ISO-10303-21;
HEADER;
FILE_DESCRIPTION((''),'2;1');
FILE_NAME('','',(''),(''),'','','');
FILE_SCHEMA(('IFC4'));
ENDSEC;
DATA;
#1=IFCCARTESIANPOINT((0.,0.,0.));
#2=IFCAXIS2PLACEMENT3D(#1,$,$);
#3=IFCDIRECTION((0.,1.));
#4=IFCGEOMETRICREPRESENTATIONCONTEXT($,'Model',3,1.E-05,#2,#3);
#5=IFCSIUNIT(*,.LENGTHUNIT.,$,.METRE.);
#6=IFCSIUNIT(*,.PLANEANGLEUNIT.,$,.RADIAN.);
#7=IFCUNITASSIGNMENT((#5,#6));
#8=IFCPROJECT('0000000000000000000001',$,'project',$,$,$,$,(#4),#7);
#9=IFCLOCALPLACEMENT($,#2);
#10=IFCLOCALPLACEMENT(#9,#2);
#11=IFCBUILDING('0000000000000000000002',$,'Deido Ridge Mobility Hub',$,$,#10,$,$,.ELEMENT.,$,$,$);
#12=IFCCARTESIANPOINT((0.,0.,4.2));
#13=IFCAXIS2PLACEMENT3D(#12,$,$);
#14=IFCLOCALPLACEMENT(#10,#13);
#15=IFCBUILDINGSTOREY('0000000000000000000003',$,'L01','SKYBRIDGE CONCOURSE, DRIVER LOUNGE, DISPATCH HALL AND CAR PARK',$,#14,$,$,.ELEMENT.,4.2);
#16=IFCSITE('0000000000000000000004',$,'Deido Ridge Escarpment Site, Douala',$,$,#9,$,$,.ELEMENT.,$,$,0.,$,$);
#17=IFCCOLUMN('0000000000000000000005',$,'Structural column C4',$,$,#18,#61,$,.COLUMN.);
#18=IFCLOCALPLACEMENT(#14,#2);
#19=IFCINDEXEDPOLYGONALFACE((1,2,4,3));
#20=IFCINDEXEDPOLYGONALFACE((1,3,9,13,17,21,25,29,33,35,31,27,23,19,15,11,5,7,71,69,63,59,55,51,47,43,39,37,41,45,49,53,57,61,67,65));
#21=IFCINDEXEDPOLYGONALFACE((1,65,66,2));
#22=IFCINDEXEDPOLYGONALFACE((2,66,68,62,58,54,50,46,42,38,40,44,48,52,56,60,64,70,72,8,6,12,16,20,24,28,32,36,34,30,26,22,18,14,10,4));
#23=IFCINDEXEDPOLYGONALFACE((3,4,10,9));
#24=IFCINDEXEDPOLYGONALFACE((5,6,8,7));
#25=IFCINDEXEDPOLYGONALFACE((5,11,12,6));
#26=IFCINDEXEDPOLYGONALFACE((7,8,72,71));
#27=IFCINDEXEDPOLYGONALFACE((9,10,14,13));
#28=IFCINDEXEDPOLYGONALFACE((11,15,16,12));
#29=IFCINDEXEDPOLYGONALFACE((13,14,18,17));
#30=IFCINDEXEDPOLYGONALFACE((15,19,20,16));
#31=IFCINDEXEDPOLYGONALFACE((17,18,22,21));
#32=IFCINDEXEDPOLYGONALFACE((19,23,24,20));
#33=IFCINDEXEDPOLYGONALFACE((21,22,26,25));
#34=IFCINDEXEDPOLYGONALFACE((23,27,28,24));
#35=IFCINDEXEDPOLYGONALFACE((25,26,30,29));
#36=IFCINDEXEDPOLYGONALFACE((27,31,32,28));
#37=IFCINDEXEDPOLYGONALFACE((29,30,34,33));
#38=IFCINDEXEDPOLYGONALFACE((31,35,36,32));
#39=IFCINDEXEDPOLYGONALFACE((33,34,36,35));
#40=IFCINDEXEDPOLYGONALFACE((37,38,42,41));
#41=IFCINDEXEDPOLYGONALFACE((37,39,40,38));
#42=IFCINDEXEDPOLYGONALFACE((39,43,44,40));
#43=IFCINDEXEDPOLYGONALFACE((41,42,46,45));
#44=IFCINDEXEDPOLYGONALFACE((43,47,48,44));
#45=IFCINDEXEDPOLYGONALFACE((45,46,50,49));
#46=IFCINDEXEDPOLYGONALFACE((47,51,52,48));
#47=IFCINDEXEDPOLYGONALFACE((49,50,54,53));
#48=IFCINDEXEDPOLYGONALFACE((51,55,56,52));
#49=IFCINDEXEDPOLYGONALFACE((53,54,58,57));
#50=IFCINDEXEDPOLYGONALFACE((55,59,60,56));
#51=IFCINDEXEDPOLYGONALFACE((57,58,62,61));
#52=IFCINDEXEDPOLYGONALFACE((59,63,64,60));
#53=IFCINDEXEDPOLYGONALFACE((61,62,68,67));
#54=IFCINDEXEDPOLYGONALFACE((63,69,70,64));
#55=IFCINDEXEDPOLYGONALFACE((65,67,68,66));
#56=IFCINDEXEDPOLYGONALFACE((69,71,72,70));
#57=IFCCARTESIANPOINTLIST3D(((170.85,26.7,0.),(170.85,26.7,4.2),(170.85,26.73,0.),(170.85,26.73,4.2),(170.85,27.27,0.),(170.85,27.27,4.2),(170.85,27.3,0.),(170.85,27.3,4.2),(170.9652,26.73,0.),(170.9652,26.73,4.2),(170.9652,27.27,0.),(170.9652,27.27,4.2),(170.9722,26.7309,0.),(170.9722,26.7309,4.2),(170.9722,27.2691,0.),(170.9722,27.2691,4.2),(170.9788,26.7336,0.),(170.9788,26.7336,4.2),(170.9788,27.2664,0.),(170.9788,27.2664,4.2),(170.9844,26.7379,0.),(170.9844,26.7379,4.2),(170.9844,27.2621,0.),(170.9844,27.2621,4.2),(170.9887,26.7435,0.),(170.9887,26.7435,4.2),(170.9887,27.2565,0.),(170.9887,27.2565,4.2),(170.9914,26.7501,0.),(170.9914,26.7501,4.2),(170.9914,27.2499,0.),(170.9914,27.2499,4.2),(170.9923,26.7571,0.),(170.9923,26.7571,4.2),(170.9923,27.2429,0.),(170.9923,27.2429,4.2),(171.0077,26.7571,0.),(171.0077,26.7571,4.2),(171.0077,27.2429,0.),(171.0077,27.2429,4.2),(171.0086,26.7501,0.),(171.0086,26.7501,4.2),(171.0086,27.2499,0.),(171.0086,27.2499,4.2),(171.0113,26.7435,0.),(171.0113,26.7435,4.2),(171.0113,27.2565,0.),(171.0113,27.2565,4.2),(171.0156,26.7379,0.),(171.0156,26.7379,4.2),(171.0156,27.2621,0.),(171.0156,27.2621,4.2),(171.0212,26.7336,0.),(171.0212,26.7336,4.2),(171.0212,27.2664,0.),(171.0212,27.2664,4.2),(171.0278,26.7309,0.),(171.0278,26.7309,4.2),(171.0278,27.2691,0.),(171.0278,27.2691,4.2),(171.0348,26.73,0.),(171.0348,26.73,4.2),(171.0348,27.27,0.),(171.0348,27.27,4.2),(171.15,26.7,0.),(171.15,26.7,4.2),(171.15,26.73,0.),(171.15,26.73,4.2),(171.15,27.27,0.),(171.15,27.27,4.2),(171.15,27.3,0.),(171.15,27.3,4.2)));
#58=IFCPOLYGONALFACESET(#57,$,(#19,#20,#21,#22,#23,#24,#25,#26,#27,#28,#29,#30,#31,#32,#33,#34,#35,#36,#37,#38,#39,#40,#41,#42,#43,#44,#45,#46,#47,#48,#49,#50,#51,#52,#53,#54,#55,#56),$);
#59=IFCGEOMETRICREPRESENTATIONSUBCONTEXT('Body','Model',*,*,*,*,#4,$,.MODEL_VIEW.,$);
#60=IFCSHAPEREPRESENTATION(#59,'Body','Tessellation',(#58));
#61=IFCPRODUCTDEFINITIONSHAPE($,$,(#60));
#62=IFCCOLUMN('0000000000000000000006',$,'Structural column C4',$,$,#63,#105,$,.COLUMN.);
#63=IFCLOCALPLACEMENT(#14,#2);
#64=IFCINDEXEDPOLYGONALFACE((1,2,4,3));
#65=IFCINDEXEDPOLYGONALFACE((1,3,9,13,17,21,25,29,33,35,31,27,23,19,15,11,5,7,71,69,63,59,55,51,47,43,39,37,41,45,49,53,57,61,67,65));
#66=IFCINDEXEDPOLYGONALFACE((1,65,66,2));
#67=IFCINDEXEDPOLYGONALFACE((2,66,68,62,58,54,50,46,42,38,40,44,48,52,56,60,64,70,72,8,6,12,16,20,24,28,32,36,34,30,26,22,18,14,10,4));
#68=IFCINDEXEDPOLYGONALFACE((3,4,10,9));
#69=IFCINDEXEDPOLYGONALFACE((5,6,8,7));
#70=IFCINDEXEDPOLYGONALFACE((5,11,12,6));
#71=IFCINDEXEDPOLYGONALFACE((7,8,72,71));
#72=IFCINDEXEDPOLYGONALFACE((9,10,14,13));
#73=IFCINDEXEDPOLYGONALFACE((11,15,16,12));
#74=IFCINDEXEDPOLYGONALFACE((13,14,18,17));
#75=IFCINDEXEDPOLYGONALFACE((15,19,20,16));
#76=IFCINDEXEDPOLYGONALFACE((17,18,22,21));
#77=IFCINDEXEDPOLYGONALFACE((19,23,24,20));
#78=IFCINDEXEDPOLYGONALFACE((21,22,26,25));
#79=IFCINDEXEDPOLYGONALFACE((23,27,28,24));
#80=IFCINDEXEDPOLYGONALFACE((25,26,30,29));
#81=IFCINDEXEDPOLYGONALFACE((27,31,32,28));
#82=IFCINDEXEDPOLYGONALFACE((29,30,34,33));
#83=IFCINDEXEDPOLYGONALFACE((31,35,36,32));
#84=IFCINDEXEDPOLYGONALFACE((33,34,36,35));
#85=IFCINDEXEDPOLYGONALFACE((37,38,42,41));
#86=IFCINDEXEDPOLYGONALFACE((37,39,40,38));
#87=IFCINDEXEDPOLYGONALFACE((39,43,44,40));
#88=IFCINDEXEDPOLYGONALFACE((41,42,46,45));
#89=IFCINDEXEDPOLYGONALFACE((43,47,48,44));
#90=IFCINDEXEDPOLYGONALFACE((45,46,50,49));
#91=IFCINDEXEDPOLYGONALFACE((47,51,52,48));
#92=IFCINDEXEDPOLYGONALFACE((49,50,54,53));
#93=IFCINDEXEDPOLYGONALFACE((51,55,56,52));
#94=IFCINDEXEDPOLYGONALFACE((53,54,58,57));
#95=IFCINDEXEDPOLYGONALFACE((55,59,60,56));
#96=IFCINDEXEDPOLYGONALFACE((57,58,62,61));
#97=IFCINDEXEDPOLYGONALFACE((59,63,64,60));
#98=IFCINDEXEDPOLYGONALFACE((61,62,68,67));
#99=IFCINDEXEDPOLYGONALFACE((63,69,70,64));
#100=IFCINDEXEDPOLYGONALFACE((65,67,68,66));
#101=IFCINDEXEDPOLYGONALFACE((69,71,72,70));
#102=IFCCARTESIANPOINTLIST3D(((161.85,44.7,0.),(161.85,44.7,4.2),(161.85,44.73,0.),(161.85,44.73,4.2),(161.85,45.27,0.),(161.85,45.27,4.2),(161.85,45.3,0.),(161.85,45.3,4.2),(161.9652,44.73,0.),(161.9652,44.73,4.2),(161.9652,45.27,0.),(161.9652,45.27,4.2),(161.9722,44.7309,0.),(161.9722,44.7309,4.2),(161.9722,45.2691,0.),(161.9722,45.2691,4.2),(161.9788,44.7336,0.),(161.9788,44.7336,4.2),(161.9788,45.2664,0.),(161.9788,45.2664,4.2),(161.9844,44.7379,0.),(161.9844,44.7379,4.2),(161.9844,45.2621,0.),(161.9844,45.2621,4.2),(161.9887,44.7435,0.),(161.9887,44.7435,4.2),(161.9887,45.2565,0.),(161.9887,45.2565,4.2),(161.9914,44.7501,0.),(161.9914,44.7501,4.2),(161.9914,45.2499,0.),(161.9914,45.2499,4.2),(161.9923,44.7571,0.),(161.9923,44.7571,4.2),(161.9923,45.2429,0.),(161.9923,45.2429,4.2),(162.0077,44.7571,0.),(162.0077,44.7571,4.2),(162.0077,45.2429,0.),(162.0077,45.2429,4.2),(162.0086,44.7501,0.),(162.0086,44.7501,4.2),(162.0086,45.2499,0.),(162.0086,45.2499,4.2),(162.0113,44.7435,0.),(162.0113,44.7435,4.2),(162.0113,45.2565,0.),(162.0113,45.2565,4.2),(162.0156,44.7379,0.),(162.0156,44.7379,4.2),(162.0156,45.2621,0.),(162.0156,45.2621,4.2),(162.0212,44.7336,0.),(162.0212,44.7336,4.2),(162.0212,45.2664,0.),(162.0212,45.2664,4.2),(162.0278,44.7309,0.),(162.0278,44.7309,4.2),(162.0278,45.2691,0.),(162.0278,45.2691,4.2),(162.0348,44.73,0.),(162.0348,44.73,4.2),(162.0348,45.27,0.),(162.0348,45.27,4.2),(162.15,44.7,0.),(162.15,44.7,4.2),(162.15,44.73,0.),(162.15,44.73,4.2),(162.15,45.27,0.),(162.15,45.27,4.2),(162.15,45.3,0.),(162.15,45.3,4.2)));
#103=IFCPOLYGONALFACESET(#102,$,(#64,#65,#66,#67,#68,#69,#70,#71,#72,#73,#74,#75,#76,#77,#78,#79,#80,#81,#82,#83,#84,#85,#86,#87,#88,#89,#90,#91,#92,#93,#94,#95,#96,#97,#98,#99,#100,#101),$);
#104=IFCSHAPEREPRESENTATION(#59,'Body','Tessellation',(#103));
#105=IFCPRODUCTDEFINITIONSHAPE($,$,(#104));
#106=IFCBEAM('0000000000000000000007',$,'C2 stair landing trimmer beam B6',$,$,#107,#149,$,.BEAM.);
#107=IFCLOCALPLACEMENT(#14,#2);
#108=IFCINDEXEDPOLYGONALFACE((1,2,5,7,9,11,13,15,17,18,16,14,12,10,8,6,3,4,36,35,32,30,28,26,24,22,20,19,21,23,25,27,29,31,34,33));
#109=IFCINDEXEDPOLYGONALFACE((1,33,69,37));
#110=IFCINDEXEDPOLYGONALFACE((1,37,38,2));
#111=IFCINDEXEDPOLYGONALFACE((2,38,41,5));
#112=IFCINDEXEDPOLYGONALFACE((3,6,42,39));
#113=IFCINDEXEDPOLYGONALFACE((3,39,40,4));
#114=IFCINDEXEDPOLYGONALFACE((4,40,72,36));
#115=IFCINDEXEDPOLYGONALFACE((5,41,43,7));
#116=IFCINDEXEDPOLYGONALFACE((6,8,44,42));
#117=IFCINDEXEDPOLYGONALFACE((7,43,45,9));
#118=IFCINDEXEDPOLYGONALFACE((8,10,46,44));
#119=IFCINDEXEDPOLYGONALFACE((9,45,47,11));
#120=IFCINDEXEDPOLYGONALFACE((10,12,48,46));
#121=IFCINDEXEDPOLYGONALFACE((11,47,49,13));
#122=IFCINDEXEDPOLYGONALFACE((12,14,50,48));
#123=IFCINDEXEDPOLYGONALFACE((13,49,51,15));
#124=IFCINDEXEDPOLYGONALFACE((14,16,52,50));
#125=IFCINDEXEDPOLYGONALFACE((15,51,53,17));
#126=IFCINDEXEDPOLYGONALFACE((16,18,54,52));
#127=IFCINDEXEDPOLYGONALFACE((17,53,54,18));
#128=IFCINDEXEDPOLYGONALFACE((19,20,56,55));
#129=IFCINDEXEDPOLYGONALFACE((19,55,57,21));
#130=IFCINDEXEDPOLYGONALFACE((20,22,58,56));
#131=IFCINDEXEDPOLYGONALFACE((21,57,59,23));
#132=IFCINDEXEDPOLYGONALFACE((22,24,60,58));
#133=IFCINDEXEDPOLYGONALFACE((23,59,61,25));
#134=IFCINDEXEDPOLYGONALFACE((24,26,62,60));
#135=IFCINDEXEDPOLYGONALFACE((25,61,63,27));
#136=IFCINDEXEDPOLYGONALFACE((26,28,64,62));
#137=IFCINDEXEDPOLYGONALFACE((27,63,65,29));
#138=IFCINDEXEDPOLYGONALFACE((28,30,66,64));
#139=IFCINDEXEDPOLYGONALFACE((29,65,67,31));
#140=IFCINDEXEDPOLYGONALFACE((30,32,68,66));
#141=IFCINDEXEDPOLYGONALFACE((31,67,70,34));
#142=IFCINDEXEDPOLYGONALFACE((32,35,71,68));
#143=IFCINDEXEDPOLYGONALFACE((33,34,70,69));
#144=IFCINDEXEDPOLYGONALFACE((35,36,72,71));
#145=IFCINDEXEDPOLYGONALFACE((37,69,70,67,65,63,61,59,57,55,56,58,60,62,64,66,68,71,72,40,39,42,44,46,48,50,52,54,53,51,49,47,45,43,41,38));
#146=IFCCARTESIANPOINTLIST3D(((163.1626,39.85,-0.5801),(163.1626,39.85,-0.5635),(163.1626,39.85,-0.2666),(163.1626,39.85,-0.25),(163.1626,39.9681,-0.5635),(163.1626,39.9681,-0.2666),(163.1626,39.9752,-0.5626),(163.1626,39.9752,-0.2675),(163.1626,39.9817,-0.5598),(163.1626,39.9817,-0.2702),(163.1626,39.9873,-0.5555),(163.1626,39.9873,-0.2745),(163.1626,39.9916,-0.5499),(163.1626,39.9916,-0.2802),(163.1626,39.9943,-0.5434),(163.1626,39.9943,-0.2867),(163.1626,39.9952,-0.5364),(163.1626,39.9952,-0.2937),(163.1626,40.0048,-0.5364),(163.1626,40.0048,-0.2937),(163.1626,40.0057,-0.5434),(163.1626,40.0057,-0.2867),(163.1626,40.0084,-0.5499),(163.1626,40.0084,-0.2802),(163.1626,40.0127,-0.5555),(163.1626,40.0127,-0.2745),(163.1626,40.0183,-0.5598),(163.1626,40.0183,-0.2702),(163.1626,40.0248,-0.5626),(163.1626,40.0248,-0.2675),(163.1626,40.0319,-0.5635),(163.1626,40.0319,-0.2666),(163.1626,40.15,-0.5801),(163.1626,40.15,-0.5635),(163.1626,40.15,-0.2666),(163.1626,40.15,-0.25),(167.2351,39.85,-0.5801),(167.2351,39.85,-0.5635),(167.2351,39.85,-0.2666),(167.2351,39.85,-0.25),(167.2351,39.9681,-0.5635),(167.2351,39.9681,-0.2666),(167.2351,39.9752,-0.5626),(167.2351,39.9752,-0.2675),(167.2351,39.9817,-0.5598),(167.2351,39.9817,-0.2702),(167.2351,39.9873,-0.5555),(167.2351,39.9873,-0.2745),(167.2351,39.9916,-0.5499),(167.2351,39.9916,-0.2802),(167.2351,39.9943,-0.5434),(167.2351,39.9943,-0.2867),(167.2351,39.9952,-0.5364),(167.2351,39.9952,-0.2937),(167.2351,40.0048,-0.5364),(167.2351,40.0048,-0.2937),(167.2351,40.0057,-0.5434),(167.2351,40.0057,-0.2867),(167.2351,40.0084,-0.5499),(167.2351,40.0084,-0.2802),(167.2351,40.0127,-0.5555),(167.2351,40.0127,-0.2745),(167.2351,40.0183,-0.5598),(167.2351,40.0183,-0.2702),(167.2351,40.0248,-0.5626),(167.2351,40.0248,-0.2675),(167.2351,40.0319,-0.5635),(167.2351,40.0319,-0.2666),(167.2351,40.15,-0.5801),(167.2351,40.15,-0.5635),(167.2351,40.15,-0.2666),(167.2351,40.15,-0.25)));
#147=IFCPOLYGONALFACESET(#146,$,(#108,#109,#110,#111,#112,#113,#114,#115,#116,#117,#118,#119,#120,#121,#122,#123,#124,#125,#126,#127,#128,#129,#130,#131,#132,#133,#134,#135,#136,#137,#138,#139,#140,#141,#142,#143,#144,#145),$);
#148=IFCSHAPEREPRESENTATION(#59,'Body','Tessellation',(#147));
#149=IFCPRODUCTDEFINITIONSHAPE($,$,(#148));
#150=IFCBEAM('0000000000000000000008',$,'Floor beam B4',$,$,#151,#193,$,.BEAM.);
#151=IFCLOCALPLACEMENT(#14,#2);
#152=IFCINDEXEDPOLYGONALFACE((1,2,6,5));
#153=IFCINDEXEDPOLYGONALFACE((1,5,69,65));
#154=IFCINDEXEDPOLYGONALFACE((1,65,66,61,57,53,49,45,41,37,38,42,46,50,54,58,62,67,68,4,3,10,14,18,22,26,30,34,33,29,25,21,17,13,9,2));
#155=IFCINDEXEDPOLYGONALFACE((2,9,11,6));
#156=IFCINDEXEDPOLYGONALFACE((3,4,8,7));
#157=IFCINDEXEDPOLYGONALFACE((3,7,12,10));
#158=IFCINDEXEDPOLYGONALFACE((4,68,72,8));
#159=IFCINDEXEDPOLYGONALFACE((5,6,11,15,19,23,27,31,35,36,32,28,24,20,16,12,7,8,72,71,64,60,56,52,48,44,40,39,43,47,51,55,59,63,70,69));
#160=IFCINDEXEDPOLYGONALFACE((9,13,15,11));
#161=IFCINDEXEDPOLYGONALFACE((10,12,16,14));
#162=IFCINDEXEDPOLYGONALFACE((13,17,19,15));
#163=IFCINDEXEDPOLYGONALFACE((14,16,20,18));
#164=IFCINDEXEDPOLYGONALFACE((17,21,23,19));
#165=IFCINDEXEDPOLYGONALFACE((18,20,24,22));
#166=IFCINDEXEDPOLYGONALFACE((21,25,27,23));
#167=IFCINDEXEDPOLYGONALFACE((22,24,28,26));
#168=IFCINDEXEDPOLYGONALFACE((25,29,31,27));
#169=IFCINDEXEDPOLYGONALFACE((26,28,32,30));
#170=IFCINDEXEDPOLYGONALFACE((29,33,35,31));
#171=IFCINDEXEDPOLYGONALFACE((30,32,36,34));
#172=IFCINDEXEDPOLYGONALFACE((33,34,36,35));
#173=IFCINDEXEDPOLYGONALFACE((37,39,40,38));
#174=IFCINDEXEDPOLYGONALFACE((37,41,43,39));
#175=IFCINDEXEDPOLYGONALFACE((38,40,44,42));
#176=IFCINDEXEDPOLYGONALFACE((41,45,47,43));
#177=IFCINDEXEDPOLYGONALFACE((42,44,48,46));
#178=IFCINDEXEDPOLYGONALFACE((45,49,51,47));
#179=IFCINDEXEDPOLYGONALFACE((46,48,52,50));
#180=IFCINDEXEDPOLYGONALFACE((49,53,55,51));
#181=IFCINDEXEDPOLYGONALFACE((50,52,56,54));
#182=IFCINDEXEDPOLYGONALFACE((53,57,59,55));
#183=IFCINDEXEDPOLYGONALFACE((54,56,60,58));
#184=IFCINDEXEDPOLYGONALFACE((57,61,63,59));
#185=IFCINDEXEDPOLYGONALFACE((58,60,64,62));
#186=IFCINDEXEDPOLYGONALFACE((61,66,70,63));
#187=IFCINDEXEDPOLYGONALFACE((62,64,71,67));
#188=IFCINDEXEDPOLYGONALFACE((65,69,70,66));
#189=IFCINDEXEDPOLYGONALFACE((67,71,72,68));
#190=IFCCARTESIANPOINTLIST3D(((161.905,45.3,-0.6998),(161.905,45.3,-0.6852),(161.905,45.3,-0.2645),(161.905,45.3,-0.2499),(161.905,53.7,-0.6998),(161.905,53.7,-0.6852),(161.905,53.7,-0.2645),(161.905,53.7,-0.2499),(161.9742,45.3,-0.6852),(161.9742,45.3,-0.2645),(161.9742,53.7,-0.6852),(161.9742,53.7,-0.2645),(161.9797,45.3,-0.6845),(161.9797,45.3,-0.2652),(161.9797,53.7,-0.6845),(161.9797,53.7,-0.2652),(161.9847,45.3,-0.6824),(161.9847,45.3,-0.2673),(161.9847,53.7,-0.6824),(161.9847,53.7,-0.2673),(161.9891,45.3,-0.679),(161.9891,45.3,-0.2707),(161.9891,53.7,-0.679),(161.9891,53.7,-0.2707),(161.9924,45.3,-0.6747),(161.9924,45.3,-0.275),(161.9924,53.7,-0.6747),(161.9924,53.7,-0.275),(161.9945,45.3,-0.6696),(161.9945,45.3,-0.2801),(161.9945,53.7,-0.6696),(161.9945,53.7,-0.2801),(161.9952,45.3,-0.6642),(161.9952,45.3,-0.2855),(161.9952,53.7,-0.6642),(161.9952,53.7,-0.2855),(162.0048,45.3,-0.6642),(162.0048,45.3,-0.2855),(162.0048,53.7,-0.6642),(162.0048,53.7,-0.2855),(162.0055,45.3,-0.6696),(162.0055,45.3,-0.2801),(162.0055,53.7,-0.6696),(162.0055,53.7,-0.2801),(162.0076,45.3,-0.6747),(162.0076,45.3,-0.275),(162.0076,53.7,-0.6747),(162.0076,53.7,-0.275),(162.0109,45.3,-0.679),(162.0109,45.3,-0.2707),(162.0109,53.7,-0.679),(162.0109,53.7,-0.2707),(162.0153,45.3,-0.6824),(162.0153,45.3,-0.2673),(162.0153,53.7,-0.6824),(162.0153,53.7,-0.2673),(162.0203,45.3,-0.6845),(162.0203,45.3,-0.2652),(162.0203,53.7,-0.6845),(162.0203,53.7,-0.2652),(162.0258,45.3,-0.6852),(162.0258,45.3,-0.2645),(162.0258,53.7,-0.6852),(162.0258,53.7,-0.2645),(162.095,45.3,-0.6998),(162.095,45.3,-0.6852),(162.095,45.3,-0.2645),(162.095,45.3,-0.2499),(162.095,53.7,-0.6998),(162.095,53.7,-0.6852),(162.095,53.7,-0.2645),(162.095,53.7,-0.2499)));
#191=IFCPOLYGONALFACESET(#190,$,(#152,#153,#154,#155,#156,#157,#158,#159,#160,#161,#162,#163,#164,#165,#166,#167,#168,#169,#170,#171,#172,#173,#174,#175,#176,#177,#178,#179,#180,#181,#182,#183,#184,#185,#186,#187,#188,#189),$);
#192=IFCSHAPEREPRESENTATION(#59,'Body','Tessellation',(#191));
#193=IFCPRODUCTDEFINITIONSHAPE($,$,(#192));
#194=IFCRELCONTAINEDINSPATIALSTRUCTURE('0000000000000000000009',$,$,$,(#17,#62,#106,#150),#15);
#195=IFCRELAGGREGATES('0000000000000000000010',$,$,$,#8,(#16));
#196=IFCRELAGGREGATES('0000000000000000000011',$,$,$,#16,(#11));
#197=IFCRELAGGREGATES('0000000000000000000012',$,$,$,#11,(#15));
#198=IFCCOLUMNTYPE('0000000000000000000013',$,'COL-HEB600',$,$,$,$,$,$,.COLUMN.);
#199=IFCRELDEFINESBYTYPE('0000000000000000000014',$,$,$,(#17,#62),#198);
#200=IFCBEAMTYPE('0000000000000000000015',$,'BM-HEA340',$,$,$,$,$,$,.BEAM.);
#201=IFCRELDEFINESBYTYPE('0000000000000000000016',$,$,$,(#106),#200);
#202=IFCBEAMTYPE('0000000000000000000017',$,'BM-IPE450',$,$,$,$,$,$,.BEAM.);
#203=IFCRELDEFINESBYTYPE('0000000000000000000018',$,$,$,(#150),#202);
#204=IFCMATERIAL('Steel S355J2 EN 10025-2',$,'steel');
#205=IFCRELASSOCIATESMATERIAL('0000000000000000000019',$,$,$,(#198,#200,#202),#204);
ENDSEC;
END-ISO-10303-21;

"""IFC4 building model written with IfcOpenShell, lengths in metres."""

from ifc_helpers import new_model, si_unit, direction, frame, origin, origin_2d, place, context, subcontext, project, spatial, i_section, extrude, material, material_profile, profile_set, type_object, element, save


model = new_model("IFC4")

# Units and contexts
model_context = context("Model", 3, precision=1e-05, world=origin(), true_north=direction((0.0, 1.0)))
body_context = subcontext(model_context, "Body", "Model", "MODEL_VIEW")
ifc_project = project(units=[si_unit("LENGTHUNIT", "METRE"), si_unit("PLANEANGLEUNIT", "RADIAN")], contexts=[model_context])

# Site, building, storey
site_placement = place(None, origin())
site = spatial("IfcSite", under=ifc_project, at=site_placement, Name="Deido Ridge Escarpment Site, Douala", CompositionType="ELEMENT", RefElevation=0.0)
building_placement = place(site_placement, origin())
building = spatial("IfcBuilding", under=site, at=building_placement, Name="Deido Ridge Mobility Hub", CompositionType="ELEMENT")
storey_placement = place(building_placement, frame((0.0, 0.0, 4.2)))
storey = spatial("IfcBuildingStorey", under=building, at=storey_placement, Name="L01", Description="SKYBRIDGE CONCOURSE, DRIVER LOUNGE, DISPATCH HALL AND CAR PARK", CompositionType="ELEMENT", Elevation=4.2)

# Columns
ifc_material_1 = material(Name="Steel S355J2 EN 10025-2", Category="steel")
ifc_material_profile_1 = material_profile(ifc_material_1, i_section(OverallWidth=0.3, OverallDepth=0.6001, WebThickness=0.0154, FlangeThickness=0.03, FilletRadius=0.0271, at=origin_2d()), Name="HEB 600")
ifc_profile_set_1 = profile_set([ifc_material_profile_1], Name="Steel S355J2 EN 10025-2")
column_type = type_object("IfcColumnType", Name="COL-HEB600", PredefinedType="COLUMN", material=ifc_profile_set_1)
for number, where, z_axis, x_axis, name in (
    (1, (171.0, 27.0, 0.0), (0.0, 0.0, 1.0), (1.0, 0.0, 0.0), "Structural column C4"),
    (2, (162.0, 45.0, 0.0), (0.0, 0.0, 1.0), (1.0, 0.0, 0.0), "Structural column C4"),
):
    element("IfcColumn", number, at=place(storey_placement, frame(where, z_axis=z_axis, x_axis=x_axis)), inside=storey, type_object=column_type, Name=name, PredefinedType="COLUMN", context=body_context, shape_type="SweptSolid", body=[
        extrude(i_section(OverallWidth=0.3, OverallDepth=0.6001, WebThickness=0.0154, FlangeThickness=0.03, FilletRadius=0.0271, at=origin_2d()), origin(), (0.0, 0.0, 1.0), 4.2),
    ])

# Beams
ifc_material_profile_2 = material_profile(ifc_material_1, i_section(OverallWidth=0.3, OverallDepth=0.3301, WebThickness=0.0095, FlangeThickness=0.0166, FilletRadius=0.0271, at=origin_2d()), Name="HEA 340")
ifc_profile_set_2 = profile_set([ifc_material_profile_2], Name="Steel S355J2 EN 10025-2")
beam_type_1 = type_object("IfcBeamType", Name="BM-HEA340", PredefinedType="BEAM", material=ifc_profile_set_2)
beam_1_placement = place(storey_placement, frame((163.1626, 40.0, -0.415), z_axis=(1.0, 0.0, 0.0), x_axis=(0.0, 1.0, 0.0)))
element("IfcBeam", 3, at=beam_1_placement, inside=storey, type_object=beam_type_1, Name="C2 stair landing trimmer beam B6", PredefinedType="BEAM", context=body_context, shape_type="SweptSolid", body=[
    extrude(i_section(OverallWidth=0.3, OverallDepth=0.3301, WebThickness=0.0095, FlangeThickness=0.0166, FilletRadius=0.0271, at=origin_2d()), origin(), (0.0, 0.0, 1.0), 4.0725),
])
ifc_material_profile_3 = material_profile(ifc_material_1, i_section(OverallWidth=0.1899, OverallDepth=0.45, WebThickness=0.0095, FlangeThickness=0.0146, FilletRadius=0.021, at=origin_2d()), Name="IPE 450")
ifc_profile_set_3 = profile_set([ifc_material_profile_3], Name="Steel S355J2 EN 10025-2")
beam_type_2 = type_object("IfcBeamType", Name="BM-IPE450", PredefinedType="BEAM", material=ifc_profile_set_3)
for number, where, z_axis, x_axis, name in (
    (4, (162.0, 45.3, -0.4749), (0.0, 1.0, 0.0), (-1.0, 0.0, 0.0), "Floor beam B4"),
):
    element("IfcBeam", number, at=place(storey_placement, frame(where, z_axis=z_axis, x_axis=x_axis)), inside=storey, type_object=beam_type_2, Name=name, PredefinedType="BEAM", context=body_context, shape_type="SweptSolid", body=[
        extrude(i_section(OverallWidth=0.1899, OverallDepth=0.45, WebThickness=0.0095, FlangeThickness=0.0146, FilletRadius=0.021, at=origin_2d()), origin(), (0.0, 0.0, 1.0), 8.3999),
    ])

save(model, "model.ifc")
